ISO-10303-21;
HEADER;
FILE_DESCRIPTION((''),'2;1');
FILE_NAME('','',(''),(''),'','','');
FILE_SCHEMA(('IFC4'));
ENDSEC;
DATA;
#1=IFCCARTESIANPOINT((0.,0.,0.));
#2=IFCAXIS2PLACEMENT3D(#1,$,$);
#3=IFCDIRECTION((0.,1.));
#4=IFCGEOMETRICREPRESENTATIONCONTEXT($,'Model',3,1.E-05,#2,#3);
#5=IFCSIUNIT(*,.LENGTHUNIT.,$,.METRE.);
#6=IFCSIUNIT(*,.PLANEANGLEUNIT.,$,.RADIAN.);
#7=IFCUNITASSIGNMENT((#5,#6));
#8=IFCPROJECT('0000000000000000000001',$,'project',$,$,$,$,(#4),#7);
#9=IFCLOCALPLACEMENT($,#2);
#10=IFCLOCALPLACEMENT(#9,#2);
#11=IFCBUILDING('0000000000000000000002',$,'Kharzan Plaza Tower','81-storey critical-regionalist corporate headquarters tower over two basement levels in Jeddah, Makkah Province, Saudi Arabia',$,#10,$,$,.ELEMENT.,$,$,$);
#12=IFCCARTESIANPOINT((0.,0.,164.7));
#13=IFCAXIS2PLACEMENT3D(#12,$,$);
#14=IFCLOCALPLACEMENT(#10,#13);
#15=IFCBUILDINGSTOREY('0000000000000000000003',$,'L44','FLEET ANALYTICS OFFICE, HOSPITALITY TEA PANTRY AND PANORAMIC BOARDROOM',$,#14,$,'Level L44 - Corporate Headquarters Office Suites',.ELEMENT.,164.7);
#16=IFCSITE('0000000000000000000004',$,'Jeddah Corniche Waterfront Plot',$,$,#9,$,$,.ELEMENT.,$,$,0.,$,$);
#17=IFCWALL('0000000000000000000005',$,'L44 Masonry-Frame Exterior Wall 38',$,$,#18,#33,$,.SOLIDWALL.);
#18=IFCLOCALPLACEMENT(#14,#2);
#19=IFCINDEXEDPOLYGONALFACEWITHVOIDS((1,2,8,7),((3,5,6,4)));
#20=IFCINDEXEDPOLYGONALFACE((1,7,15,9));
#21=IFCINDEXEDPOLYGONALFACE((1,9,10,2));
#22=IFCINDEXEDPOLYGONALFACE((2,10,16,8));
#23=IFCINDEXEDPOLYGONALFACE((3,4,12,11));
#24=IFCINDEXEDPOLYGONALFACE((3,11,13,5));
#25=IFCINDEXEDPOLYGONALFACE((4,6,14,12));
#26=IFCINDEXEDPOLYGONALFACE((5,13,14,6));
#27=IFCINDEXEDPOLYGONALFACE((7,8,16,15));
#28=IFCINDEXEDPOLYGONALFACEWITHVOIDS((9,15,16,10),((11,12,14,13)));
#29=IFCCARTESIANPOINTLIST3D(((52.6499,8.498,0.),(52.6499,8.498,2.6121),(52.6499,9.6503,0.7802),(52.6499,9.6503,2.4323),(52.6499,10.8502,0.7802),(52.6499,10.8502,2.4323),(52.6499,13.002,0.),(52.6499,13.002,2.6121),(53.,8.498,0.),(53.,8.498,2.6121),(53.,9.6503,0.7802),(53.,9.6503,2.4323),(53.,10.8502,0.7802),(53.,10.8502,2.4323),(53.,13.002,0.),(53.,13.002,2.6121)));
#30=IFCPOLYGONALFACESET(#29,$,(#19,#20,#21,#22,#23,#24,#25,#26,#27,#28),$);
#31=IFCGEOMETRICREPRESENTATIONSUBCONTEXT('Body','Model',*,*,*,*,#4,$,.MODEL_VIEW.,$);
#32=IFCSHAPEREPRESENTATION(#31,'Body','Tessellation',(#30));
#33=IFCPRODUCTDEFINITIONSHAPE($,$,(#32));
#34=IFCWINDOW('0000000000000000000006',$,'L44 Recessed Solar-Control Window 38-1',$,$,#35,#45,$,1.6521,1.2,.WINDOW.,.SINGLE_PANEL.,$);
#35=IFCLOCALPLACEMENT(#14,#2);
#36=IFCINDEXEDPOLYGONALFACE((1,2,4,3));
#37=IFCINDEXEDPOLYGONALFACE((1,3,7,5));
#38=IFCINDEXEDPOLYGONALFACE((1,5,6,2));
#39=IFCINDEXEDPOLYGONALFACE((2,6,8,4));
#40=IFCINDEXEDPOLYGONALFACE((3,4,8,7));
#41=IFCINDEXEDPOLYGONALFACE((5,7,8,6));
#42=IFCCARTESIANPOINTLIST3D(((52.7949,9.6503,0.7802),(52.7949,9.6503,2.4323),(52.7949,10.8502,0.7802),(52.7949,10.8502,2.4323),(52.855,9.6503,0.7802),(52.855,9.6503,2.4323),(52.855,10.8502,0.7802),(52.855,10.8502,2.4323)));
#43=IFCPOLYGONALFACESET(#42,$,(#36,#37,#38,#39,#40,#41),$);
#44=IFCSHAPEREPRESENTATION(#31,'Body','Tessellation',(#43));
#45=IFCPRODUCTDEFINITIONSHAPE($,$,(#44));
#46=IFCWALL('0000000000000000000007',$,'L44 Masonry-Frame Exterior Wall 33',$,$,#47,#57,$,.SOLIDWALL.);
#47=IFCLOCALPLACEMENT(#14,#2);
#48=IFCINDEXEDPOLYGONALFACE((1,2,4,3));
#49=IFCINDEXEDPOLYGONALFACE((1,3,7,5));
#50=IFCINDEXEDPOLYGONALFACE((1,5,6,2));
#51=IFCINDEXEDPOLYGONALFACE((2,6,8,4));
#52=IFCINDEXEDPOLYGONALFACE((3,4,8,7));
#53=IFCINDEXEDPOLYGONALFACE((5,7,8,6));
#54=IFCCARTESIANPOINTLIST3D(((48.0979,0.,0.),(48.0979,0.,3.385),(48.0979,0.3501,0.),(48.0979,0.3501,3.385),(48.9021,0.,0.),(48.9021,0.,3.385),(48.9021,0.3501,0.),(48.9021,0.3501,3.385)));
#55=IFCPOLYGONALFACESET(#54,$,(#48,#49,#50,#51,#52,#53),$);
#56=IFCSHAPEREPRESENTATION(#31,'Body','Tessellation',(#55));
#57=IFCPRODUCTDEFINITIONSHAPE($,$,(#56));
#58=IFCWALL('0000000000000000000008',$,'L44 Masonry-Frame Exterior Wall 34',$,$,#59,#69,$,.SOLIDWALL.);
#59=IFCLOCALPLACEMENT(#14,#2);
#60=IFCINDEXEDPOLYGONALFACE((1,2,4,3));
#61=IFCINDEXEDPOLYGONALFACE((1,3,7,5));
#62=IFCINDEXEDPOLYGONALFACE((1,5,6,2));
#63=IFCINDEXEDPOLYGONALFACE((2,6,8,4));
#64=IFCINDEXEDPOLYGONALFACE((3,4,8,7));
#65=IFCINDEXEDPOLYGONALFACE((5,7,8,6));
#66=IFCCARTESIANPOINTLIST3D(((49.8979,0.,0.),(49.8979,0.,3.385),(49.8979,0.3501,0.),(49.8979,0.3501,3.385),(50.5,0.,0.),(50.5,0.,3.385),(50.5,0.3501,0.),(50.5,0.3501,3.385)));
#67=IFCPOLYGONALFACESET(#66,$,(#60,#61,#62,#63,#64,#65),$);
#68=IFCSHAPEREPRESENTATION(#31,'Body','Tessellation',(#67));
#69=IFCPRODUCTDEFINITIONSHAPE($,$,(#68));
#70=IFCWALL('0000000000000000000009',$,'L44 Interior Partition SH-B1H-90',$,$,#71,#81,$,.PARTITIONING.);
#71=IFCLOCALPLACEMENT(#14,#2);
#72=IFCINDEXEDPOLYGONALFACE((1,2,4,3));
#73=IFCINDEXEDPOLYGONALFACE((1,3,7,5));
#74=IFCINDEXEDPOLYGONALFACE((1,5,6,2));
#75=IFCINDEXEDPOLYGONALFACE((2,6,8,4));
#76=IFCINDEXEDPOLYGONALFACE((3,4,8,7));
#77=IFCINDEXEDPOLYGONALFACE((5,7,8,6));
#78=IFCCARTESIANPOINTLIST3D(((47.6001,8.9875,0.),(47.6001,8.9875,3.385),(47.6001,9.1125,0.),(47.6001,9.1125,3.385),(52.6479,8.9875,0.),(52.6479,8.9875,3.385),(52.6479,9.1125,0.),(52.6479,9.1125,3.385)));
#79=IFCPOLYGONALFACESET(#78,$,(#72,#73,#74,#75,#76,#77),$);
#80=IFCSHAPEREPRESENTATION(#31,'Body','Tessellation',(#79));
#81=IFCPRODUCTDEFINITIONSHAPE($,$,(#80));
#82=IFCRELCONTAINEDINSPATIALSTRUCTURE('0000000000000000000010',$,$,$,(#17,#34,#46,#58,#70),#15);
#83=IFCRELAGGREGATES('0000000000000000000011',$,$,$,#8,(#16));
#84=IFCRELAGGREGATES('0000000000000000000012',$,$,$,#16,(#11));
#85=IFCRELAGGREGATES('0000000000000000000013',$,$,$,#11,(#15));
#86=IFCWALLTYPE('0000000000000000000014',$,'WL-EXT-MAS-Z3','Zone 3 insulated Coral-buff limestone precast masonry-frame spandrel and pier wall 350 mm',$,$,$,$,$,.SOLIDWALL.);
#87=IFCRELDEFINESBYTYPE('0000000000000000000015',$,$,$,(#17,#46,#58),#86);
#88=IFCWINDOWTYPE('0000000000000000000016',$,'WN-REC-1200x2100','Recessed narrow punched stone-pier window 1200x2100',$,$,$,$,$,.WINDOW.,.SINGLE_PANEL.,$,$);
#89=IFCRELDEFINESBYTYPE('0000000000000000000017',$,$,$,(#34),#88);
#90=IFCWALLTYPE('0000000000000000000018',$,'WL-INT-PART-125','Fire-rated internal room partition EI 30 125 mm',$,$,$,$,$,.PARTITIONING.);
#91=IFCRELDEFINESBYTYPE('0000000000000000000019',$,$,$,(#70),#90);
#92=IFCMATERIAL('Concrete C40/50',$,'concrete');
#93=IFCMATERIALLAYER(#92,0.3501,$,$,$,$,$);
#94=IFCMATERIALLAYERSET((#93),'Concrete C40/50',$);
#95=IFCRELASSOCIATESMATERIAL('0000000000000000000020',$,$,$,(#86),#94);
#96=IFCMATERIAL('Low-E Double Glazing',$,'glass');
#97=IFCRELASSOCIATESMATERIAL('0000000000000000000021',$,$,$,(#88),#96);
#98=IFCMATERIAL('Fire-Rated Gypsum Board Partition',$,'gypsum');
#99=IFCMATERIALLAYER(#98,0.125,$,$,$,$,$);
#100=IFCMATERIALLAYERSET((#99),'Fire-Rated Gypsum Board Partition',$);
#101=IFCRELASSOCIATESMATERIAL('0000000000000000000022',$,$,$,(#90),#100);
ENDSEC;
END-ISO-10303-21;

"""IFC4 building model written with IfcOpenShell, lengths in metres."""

from ifc_helpers import new_model, si_unit, direction, frame, frame_2d, origin, place, context, subcontext, project, spatial, rectangle, extrude, source, transform, mapped, material, layer, layer_set, type_object, element, fill, save


model = new_model("IFC4")

# Units and contexts
model_context = context("Model", 3, precision=1e-05, world=origin(), true_north=direction((0.0, 1.0)))
body_context = subcontext(model_context, "Body", "Model", "MODEL_VIEW")
ifc_project = project(units=[si_unit("LENGTHUNIT", "METRE"), si_unit("PLANEANGLEUNIT", "RADIAN")], contexts=[model_context])

# Site, building, storey
site_placement = place(None, origin())
site = spatial("IfcSite", under=ifc_project, at=site_placement, Name="Jeddah Corniche Waterfront Plot", CompositionType="ELEMENT", RefElevation=0.0)
building_placement = place(site_placement, origin())
building = spatial("IfcBuilding", under=site, at=building_placement, Name="Kharzan Plaza Tower", Description="81-storey critical-regionalist corporate headquarters tower over two basement levels in Jeddah, Makkah Province, Saudi Arabia", CompositionType="ELEMENT")
storey_placement = place(building_placement, frame((0.0, 0.0, 164.7)))
storey = spatial("IfcBuildingStorey", under=building, at=storey_placement, Name="L44", Description="FLEET ANALYTICS OFFICE, HOSPITALITY TEA PANTRY AND PANORAMIC BOARDROOM", LongName="Level L44 - Corporate Headquarters Office Suites", CompositionType="ELEMENT", Elevation=164.7)

# Wall, opening, window
ifc_material_1 = material(Name="Concrete C40/50", Category="concrete")
ifc_layer_1 = layer(ifc_material_1, 0.3501)
ifc_layer_set_1 = layer_set([ifc_layer_1], Name="Concrete C40/50")
wall_type_1 = type_object("IfcWallType", Name="WL-EXT-MAS-Z3", Description="Zone 3 insulated Coral-buff limestone precast masonry-frame spandrel and pier wall 350 mm", PredefinedType="SOLIDWALL", material=ifc_layer_set_1)
ifc_material_2 = material(Name="Low-E Double Glazing", Category="glass")
window_type_1 = type_object("IfcWindowType", Name="WN-REC-1200x2100", Description="Recessed narrow punched stone-pier window 1200x2100", PartitioningType="SINGLE_PANEL", PredefinedType="WINDOW", material=ifc_material_2)
wall_1_placement = place(storey_placement, frame((52.825, 8.498, 0.0), z_axis=(0.0, 0.0, 1.0), x_axis=(0.0, 1.0, 0.0)))
wall_1 = element("IfcWall", 1, at=wall_1_placement, inside=storey, type_object=wall_type_1, Name="L44 Masonry-Frame Exterior Wall 38", PredefinedType="SOLIDWALL", context=body_context, shape_type="SweptSolid", body=[
    extrude(rectangle(XDim=4.5039, YDim=0.3501, at=frame_2d((2.252, 0.0))), origin(), (0.0, 0.0, 1.0), 2.6121),
])
opening_1_placement = place(wall_1_placement, frame((1.1521, 0.0, 0.78)))
opening_1 = element("IfcOpeningElement", 2, at=opening_1_placement, cuts=wall_1, PredefinedType="OPENING", context=body_context, shape_type="SweptSolid", body=[
    extrude(rectangle(XDim=1.2, YDim=1.6521, at=frame_2d((0.6001, 0.8262))), frame((0.0, 0.1851, 0.0), z_axis=(0.0, -1.0, 0.0), x_axis=(1.0, 0.0, 0.0)), (0.0, 0.0, 1.0), 0.3701),
])
shared_shape_1 = source(origin(), body_context, "Body", "SweptSolid", [
    extrude(rectangle(XDim=1.2, YDim=1.6521, at=frame_2d((0.6001, 0.8262))), frame((0.0, 0.03, 0.0), z_axis=(0.0, -1.0, 0.0), x_axis=(1.0, 0.0, 0.0)), (0.0, 0.0, 1.0), 0.0601),
])
window_1_placement = place(opening_1_placement, origin())
window_1 = element("IfcWindow", 3, at=window_1_placement, inside=storey, type_object=window_type_1, Name="L44 Recessed Solar-Control Window 38-1", OverallHeight=1.6521, OverallWidth=1.2, PartitioningType="SINGLE_PANEL", PredefinedType="WINDOW", context=body_context, shape_type="MappedRepresentation", body=[
    mapped(shared_shape_1, transform((0.0, 0.0, 0.0), x_axis=(1.0, 0.0, 0.0), y_axis=(0.0, 1.0, 0.0), z_axis=(0.0, 0.0, 1.0))),
])
fill(opening_1, window_1)

# Shared definitions
ifc_material_3 = material(Name="Fire-Rated Gypsum Board Partition", Category="gypsum")
ifc_layer_2 = layer(ifc_material_3, 0.125)
ifc_layer_set_2 = layer_set([ifc_layer_2], Name="Fire-Rated Gypsum Board Partition")
wall_type_2 = type_object("IfcWallType", Name="WL-INT-PART-125", Description="Fire-rated internal room partition EI 30 125 mm", PredefinedType="PARTITIONING", material=ifc_layer_set_2)

# Walls
shared_shape_2 = source(origin(), body_context, "Body", "SweptSolid", [
    extrude(rectangle(XDim=0.8042, YDim=0.3501, at=frame_2d((0.4021, 0.0))), origin(), (0.0, 0.0, 1.0), 3.385),
])
wall_2_placement = place(storey_placement, frame((48.0979, 0.175, 0.0), z_axis=(0.0, 0.0, 1.0), x_axis=(1.0, 0.0, 0.0)))
element("IfcWall", 4, at=wall_2_placement, inside=storey, type_object=wall_type_1, Name="L44 Masonry-Frame Exterior Wall 33", PredefinedType="SOLIDWALL", context=body_context, shape_type="MappedRepresentation", body=[
    mapped(shared_shape_2, transform((0.0, 0.0, 0.0), x_axis=(1.0, 0.0, 0.0), y_axis=(0.0, 1.0, 0.0), z_axis=(0.0, 0.0, 1.0))),
])
shared_shape_3 = source(origin(), body_context, "Body", "SweptSolid", [
    extrude(rectangle(XDim=0.6021, YDim=0.3501, at=frame_2d((0.301, 0.0))), origin(), (0.0, 0.0, 1.0), 3.385),
])
wall_3_placement = place(storey_placement, frame((49.8979, 0.175, 0.0), z_axis=(0.0, 0.0, 1.0), x_axis=(1.0, 0.0, 0.0)))
element("IfcWall", 5, at=wall_3_placement, inside=storey, type_object=wall_type_1, Name="L44 Masonry-Frame Exterior Wall 34", PredefinedType="SOLIDWALL", context=body_context, shape_type="MappedRepresentation", body=[
    mapped(shared_shape_3, transform((0.0, 0.0, 0.0), x_axis=(1.0, 0.0, 0.0), y_axis=(0.0, 1.0, 0.0), z_axis=(0.0, 0.0, 1.0))),
])
shared_shape_4 = source(origin(), body_context, "Body", "SweptSolid", [
    extrude(rectangle(XDim=5.0479, YDim=0.125, at=frame_2d((2.5239, 0.0))), origin(), (0.0, 0.0, 1.0), 3.385),
])
wall_4_placement = place(storey_placement, frame((47.6001, 9.05, 0.0), z_axis=(0.0, 0.0, 1.0), x_axis=(1.0, 0.0, 0.0)))
element("IfcWall", 6, at=wall_4_placement, inside=storey, type_object=wall_type_2, Name="L44 Interior Partition SH-B1H-90", PredefinedType="PARTITIONING", context=body_context, shape_type="MappedRepresentation", body=[
    mapped(shared_shape_4, transform((0.0, 0.0, 0.0), x_axis=(1.0, 0.0, 0.0), y_axis=(0.0, 1.0, 0.0), z_axis=(0.0, 0.0, 1.0))),
])

save(model, "model.ifc")
